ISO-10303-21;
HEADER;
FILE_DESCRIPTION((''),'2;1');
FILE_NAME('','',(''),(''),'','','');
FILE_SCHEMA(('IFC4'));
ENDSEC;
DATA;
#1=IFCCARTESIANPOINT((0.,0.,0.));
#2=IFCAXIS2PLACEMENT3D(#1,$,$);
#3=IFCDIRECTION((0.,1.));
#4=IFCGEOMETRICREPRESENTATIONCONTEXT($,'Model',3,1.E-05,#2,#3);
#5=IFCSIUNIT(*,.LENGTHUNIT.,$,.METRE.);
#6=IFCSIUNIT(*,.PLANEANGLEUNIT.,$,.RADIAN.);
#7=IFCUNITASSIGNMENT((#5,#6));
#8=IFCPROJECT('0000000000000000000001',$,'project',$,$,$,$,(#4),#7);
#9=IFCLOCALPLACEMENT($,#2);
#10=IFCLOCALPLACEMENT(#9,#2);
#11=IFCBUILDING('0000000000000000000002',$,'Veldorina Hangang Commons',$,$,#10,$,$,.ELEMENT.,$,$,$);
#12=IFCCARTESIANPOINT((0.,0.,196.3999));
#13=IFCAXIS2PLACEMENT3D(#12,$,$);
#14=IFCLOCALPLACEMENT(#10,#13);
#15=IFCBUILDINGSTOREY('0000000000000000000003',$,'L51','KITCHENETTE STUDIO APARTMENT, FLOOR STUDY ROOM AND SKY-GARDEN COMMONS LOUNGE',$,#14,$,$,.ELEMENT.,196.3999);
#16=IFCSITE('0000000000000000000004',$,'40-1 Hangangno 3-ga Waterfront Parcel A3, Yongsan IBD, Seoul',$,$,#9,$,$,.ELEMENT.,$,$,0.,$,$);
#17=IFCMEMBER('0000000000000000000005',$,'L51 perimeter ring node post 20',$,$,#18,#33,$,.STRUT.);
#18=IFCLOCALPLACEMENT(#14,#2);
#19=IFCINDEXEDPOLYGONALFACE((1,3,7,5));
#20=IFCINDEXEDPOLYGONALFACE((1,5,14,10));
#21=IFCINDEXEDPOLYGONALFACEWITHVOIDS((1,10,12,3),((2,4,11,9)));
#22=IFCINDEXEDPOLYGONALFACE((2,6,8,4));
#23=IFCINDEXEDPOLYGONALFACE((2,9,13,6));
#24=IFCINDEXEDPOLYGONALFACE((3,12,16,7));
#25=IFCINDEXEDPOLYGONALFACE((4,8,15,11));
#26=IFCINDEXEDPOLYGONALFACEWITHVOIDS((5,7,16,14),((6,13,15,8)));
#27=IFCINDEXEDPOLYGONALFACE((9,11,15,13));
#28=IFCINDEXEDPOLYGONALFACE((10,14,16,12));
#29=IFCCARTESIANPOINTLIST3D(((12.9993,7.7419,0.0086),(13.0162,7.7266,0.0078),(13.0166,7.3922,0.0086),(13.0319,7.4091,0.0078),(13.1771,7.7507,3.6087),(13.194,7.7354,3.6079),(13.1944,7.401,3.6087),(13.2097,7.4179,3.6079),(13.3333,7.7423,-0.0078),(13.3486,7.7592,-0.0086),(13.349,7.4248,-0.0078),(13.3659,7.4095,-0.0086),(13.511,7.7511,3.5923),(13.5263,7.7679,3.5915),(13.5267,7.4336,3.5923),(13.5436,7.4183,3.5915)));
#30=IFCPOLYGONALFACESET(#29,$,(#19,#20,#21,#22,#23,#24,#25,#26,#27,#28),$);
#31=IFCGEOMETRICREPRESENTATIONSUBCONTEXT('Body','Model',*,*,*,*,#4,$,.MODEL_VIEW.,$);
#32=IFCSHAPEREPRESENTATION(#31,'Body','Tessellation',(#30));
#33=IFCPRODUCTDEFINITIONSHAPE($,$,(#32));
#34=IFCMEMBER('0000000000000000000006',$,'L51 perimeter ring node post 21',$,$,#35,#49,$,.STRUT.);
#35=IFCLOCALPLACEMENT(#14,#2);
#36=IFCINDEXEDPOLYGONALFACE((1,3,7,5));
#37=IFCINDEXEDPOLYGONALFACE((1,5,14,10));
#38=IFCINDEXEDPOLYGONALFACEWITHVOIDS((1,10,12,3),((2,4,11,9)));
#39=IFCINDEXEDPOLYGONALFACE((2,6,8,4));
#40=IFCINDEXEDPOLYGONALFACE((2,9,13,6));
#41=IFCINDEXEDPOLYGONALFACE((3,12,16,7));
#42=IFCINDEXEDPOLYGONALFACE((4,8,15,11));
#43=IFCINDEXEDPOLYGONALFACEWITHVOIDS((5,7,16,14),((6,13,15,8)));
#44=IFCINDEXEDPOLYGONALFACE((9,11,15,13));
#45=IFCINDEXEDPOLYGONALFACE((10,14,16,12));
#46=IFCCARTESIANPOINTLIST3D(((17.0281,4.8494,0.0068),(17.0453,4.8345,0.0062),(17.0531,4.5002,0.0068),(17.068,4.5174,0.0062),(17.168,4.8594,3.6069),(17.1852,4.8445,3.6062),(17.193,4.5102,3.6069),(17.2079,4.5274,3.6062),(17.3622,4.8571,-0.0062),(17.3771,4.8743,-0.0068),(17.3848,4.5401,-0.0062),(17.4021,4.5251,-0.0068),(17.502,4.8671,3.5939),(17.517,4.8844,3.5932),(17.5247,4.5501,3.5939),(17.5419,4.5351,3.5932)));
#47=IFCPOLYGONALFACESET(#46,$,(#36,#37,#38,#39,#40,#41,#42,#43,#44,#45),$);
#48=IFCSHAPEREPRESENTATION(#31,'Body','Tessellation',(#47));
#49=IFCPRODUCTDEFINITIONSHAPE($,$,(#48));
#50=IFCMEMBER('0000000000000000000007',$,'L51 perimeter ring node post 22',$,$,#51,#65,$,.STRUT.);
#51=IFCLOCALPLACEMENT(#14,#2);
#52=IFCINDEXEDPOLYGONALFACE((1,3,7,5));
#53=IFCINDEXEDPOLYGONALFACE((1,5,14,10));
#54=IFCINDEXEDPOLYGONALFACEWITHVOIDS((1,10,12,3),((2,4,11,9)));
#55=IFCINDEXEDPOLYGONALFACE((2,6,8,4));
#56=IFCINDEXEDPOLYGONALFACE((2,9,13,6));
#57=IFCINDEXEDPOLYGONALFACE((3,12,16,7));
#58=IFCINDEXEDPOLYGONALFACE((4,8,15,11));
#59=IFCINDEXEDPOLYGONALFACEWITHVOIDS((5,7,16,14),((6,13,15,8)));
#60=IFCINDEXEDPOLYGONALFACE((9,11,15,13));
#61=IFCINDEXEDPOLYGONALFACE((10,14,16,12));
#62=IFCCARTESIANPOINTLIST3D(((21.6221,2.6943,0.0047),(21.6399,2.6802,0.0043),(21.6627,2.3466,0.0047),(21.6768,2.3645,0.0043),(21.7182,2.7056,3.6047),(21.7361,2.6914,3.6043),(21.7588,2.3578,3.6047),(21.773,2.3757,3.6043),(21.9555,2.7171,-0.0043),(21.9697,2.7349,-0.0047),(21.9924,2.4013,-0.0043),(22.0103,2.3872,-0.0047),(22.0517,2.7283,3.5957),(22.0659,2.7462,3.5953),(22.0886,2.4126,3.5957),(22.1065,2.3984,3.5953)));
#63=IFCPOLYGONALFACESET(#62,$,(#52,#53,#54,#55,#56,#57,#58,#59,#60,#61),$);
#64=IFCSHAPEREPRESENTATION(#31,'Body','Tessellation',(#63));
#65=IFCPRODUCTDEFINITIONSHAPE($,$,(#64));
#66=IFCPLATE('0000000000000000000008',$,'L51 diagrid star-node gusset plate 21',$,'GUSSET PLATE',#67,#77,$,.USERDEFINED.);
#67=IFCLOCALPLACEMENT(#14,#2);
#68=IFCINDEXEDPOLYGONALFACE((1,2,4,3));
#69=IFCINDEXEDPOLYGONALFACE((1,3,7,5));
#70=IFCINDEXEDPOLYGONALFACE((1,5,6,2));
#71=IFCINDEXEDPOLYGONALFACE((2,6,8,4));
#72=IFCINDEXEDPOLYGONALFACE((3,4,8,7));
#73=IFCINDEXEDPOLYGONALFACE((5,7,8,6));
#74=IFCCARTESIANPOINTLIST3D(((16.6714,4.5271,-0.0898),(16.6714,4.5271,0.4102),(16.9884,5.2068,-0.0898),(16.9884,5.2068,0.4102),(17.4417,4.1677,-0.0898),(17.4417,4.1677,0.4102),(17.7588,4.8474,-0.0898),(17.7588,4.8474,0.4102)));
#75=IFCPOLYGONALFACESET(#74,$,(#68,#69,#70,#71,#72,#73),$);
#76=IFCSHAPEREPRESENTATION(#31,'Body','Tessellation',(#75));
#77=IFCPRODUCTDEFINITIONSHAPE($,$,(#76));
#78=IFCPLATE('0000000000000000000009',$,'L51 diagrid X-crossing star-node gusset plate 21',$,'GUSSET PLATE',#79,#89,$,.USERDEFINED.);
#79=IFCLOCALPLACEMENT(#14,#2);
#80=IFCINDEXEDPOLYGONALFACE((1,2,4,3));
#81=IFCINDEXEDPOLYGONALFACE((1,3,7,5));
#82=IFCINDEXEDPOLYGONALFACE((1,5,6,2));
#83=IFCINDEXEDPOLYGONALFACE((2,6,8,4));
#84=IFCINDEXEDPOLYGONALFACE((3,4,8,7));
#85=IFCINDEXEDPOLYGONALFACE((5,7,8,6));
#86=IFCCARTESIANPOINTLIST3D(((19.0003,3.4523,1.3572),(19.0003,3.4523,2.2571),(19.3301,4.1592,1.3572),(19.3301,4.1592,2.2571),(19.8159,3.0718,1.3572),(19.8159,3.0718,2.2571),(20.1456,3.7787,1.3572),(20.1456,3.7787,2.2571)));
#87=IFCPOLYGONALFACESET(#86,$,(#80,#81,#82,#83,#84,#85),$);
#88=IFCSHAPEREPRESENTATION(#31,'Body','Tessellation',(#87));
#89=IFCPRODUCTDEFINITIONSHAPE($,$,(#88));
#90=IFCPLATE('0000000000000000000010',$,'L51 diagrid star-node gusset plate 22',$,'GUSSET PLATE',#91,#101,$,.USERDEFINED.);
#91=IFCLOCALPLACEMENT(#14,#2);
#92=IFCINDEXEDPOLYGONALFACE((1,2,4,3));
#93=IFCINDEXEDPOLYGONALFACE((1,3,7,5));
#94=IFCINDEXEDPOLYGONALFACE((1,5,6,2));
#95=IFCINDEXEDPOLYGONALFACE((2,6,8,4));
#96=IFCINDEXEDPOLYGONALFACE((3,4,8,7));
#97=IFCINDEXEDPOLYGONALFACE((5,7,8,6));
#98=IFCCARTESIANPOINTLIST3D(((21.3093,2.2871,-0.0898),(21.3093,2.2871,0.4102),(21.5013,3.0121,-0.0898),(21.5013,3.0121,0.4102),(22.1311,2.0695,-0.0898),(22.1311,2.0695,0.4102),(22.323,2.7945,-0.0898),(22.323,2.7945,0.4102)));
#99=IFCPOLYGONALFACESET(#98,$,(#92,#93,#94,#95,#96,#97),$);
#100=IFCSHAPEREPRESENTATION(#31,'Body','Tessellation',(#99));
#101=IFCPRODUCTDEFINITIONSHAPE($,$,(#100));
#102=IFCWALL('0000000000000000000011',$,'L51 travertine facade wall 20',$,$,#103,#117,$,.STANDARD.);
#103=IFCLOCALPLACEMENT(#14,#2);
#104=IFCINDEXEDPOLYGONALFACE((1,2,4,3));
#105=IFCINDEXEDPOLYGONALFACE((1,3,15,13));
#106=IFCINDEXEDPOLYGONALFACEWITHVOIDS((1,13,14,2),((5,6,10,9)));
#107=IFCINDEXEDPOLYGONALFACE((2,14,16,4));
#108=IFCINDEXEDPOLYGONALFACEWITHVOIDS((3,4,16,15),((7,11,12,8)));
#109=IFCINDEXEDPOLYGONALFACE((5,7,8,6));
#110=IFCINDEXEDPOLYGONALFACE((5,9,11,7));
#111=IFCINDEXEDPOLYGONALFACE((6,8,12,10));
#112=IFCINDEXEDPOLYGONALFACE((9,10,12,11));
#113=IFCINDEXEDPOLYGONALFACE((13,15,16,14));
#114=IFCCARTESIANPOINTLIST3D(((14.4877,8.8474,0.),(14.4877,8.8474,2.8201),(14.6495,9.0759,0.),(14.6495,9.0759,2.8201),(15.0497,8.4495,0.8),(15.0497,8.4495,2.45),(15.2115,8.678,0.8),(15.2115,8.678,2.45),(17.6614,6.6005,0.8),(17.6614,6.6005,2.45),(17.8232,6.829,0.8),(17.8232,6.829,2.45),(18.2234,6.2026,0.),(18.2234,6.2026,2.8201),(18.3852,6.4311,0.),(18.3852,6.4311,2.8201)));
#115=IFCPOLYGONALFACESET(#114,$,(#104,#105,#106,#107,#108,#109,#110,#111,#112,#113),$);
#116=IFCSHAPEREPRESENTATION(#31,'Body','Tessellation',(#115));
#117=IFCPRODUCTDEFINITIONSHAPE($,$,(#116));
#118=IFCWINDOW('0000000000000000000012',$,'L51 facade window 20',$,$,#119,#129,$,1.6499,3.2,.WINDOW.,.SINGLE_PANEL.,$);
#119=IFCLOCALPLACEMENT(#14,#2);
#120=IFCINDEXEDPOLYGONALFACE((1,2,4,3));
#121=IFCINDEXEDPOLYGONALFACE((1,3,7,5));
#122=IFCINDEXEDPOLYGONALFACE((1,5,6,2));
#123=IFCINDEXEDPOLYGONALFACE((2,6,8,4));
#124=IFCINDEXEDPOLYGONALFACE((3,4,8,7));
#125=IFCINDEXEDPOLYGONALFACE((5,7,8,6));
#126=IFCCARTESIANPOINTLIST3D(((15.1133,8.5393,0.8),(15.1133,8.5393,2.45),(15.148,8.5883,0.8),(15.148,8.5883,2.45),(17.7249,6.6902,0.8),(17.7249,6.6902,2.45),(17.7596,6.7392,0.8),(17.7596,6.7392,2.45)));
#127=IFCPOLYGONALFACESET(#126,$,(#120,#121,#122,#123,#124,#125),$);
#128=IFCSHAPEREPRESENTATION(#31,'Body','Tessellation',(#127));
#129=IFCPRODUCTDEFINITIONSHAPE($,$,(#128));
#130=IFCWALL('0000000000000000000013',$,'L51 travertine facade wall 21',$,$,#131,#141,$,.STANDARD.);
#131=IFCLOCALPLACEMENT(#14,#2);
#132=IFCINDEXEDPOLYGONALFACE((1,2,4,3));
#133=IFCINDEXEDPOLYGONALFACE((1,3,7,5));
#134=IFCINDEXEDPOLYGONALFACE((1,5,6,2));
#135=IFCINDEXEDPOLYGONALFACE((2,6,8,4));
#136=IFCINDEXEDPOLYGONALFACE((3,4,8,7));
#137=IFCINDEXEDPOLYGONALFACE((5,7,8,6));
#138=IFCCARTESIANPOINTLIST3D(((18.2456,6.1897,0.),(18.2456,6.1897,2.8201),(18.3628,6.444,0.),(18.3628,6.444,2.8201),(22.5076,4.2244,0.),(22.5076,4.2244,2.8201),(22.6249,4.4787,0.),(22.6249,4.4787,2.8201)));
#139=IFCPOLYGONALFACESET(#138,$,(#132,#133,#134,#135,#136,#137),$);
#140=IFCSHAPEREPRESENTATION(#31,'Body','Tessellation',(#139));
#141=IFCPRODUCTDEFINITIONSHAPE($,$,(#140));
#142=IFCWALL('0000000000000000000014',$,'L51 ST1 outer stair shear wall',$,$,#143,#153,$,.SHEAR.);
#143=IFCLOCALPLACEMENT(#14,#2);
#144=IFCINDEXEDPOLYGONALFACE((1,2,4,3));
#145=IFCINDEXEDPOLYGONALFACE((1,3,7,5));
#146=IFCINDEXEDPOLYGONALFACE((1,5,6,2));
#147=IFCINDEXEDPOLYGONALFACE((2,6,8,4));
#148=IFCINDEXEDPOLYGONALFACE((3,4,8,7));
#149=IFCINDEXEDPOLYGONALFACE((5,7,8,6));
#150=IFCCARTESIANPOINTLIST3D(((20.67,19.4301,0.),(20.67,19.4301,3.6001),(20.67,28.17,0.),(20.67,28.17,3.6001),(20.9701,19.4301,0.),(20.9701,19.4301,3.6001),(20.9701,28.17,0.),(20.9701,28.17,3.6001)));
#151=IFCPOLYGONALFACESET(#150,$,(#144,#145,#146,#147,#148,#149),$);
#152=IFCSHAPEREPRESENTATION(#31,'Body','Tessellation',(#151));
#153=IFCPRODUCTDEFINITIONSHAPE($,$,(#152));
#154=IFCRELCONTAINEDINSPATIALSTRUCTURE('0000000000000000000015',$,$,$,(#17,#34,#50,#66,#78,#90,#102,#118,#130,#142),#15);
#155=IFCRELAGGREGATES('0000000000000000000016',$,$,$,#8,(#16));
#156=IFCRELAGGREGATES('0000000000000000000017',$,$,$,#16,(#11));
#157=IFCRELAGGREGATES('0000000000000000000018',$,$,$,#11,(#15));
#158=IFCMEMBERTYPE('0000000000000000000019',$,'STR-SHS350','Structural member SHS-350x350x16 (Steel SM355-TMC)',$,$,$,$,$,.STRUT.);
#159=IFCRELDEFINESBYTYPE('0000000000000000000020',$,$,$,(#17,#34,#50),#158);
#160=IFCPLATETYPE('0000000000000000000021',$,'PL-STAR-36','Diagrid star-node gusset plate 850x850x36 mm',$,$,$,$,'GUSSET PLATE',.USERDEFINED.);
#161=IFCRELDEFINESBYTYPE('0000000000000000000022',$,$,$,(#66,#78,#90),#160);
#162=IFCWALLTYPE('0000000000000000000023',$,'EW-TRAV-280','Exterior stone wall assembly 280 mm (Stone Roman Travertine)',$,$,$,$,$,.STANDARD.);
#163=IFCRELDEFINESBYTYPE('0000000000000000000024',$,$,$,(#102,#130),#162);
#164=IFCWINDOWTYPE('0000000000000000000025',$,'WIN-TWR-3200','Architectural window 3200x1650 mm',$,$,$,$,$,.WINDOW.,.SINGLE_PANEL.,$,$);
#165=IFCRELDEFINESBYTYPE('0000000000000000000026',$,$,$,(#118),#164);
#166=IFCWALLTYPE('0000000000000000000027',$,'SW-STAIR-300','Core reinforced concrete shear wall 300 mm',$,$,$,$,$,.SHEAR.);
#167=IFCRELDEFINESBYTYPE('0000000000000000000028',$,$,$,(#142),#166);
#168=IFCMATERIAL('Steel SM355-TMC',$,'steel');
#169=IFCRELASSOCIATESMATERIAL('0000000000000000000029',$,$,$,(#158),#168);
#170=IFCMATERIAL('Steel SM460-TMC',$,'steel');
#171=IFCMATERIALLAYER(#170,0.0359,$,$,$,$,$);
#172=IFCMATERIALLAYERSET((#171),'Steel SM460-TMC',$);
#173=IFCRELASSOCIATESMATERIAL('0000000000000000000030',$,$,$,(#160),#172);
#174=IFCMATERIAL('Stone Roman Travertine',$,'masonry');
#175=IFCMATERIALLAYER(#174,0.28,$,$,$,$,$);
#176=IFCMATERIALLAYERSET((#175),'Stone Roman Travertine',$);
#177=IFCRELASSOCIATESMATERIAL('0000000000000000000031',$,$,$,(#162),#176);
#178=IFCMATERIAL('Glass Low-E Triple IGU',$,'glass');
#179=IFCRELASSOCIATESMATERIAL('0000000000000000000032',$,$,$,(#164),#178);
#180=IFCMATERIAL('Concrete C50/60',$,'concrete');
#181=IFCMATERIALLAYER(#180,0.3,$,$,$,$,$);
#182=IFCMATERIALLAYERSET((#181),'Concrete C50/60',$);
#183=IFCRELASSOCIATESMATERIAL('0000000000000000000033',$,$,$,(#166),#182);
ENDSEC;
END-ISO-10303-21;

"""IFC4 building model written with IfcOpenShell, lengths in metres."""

from ifc_helpers import new_model, si_unit, direction, frame, frame_2d, origin, origin_2d, place, context, subcontext, project, spatial, rectangle, hollow_rectangle, extrude, material, layer, layer_set, material_profile, profile_set, type_object, element, fill, save


model = new_model("IFC4")

# Units and contexts
model_context = context("Model", 3, precision=1e-05, world=origin(), true_north=direction((0.0, 1.0)))
body_context = subcontext(model_context, "Body", "Model", "MODEL_VIEW")
ifc_project = project(units=[si_unit("LENGTHUNIT", "METRE"), si_unit("PLANEANGLEUNIT", "RADIAN")], contexts=[model_context])

# Site, building, storey
site_placement = place(None, origin())
site = spatial("IfcSite", under=ifc_project, at=site_placement, Name="40-1 Hangangno 3-ga Waterfront Parcel A3, Yongsan IBD, Seoul", CompositionType="ELEMENT", RefElevation=0.0)
building_placement = place(site_placement, origin())
building = spatial("IfcBuilding", under=site, at=building_placement, Name="Veldorina Hangang Commons", CompositionType="ELEMENT")
storey_placement = place(building_placement, frame((0.0, 0.0, 196.3999)))
storey = spatial("IfcBuildingStorey", under=building, at=storey_placement, Name="L51", Description="KITCHENETTE STUDIO APARTMENT, FLOOR STUDY ROOM AND SKY-GARDEN COMMONS LOUNGE", CompositionType="ELEMENT", Elevation=196.3999)

# Shared definitions
ifc_material_1 = material(Name="Steel SM355-TMC", Category="steel")

# Members
ifc_material_profile_1 = material_profile(ifc_material_1, hollow_rectangle(XDim=0.3501, YDim=0.3501, WallThickness=0.0161, at=origin_2d()), Name="SHS-350x350x16")
ifc_profile_set_1 = profile_set([ifc_material_profile_1], Name="Steel SM355-TMC")
member_type_1 = type_object("IfcMemberType", Name="STR-SHS350", Description="Structural member SHS-350x350x16 (Steel SM355-TMC)", PredefinedType="STRUT", material=ifc_profile_set_1)
member_1_placement = place(storey_placement, frame((13.1826, 7.5757, 0.0), z_axis=(0.049309, 0.002438, 0.998781), x_axis=(-0.04939, 0.99878, 0.0)))
element("IfcMember", 1, at=member_1_placement, inside=storey, type_object=member_type_1, Name="L51 perimeter ring node post 20", PredefinedType="STRUT", context=body_context, shape_type="SweptSolid", body=[
    extrude(hollow_rectangle(XDim=0.3501, YDim=0.3501, WallThickness=0.0161, at=origin_2d()), origin(), (0.0, 0.0, 1.0), 3.6045),
])
member_2_placement = place(storey_placement, frame((17.2151, 4.6873, 0.0), z_axis=(0.038829, 0.002778, 0.999242), x_axis=(-0.071371, 0.99745, 0.0)))
element("IfcMember", 2, at=member_2_placement, inside=storey, type_object=member_type_1, Name="L51 perimeter ring node post 21", PredefinedType="STRUT", context=body_context, shape_type="SweptSolid", body=[
    extrude(hollow_rectangle(XDim=0.3501, YDim=0.3501, WallThickness=0.0161, at=origin_2d()), origin(), (0.0, 0.0, 1.0), 3.6028),
])
member_3_placement = place(storey_placement, frame((21.8162, 2.5408, 0.0), z_axis=(0.026709, 0.003118, 0.999638), x_axis=(-0.115964, 0.993253, 0.0)))
element("IfcMember", 3, at=member_3_placement, inside=storey, type_object=member_type_1, Name="L51 perimeter ring node post 22", PredefinedType="STRUT", context=body_context, shape_type="SweptSolid", body=[
    extrude(hollow_rectangle(XDim=0.3501, YDim=0.3501, WallThickness=0.0161, at=origin_2d()), origin(), (0.0, 0.0, 1.0), 3.6013),
])

# Plates
ifc_material_2 = material(Name="Steel SM460-TMC", Category="steel")
ifc_layer_1 = layer(ifc_material_2, 0.0359)
ifc_layer_set_1 = layer_set([ifc_layer_1], Name="Steel SM460-TMC")
plate_type = type_object("IfcPlateType", Name="PL-STAR-36", Description="Diagrid star-node gusset plate 850x850x36 mm", ElementType="GUSSET PLATE", PredefinedType="USERDEFINED", material=ifc_layer_set_1)
plate_1_placement = place(storey_placement, frame((17.2151, 4.6873, -0.0898), z_axis=(0.0, 0.0, 1.0), x_axis=(0.906234, -0.422776, 0.0)))
element("IfcPlate", 4, at=plate_1_placement, inside=storey, type_object=plate_type, Name="L51 diagrid star-node gusset plate 21", ObjectType="GUSSET PLATE", PredefinedType="USERDEFINED", context=body_context, shape_type="SweptSolid", body=[
    extrude(rectangle(XDim=0.8501, YDim=0.75, at=origin_2d()), origin(), (0.0, 0.0, 1.0), 0.5),
])
plate_2_placement = place(storey_placement, frame((19.573, 3.6155, 1.3572), z_axis=(0.0, 0.0, 1.0), x_axis=(0.906234, -0.422776, 0.0)))
element("IfcPlate", 5, at=plate_2_placement, inside=storey, type_object=plate_type, Name="L51 diagrid X-crossing star-node gusset plate 21", ObjectType="GUSSET PLATE", PredefinedType="USERDEFINED", context=body_context, shape_type="SweptSolid", body=[
    extrude(rectangle(XDim=0.8999, YDim=0.78, at=origin_2d()), origin(), (0.0, 0.0, 1.0), 0.8999),
])
plate_3_placement = place(storey_placement, frame((21.8162, 2.5408, -0.0898), z_axis=(0.0, 0.0, 1.0), x_axis=(0.96669, -0.255952, 0.0)))
element("IfcPlate", 6, at=plate_3_placement, inside=storey, type_object=plate_type, Name="L51 diagrid star-node gusset plate 22", ObjectType="GUSSET PLATE", PredefinedType="USERDEFINED", context=body_context, shape_type="SweptSolid", body=[
    extrude(rectangle(XDim=0.8501, YDim=0.75, at=origin_2d()), origin(), (0.0, 0.0, 1.0), 0.5),
])

# Wall, opening, window
ifc_material_3 = material(Name="Stone Roman Travertine", Category="masonry")
ifc_layer_2 = layer(ifc_material_3, 0.28)
ifc_layer_set_2 = layer_set([ifc_layer_2], Name="Stone Roman Travertine")
wall_type_1 = type_object("IfcWallType", Name="EW-TRAV-280", Description="Exterior stone wall assembly 280 mm (Stone Roman Travertine)", PredefinedType="STANDARD", material=ifc_layer_set_2)
wall_1_placement = place(storey_placement, frame((14.5686, 8.9617, 0.0), z_axis=(0.0, 0.0, 1.0), x_axis=(0.816155, -0.577832, 0.0)))
wall_1 = element("IfcWall", 7, at=wall_1_placement, inside=storey, type_object=wall_type_1, Name="L51 travertine facade wall 20", PredefinedType="STANDARD", context=body_context, shape_type="SweptSolid", body=[
    extrude(rectangle(XDim=4.5771, YDim=0.28, at=frame_2d((2.2886, 0.0))), origin(), (0.0, 0.0, 1.0), 2.8201),
])
opening_1_placement = place(wall_1_placement, frame((0.6885, 0.0, 0.8)))
opening_1 = element("IfcOpeningElement", 8, at=opening_1_placement, cuts=wall_1, PredefinedType="OPENING", context=body_context, shape_type="SweptSolid", body=[
    extrude(rectangle(XDim=3.2, YDim=1.6499, at=frame_2d((1.6001, 0.825))), frame((0.0, 0.1499, 0.0), z_axis=(0.0, -1.0, 0.0), x_axis=(1.0, 0.0, 0.0)), (0.0, 0.0, 1.0), 0.3),
])
ifc_material_4 = material(Name="Glass Low-E Triple IGU", Category="glass")
window_type = type_object("IfcWindowType", Name="WIN-TWR-3200", Description="Architectural window 3200x1650 mm", PartitioningType="SINGLE_PANEL", PredefinedType="WINDOW", material=ifc_material_4)
window_placement = place(opening_1_placement, origin())
window = element("IfcWindow", 9, at=window_placement, inside=storey, type_object=window_type, Name="L51 facade window 20", OverallHeight=1.6499, OverallWidth=3.2, PartitioningType="SINGLE_PANEL", PredefinedType="WINDOW", context=body_context, shape_type="SweptSolid", body=[
    extrude(rectangle(XDim=3.2, YDim=1.6499, at=frame_2d((1.6001, 0.825))), frame((0.0, 0.03, 0.0), z_axis=(0.0, -1.0, 0.0), x_axis=(1.0, 0.0, 0.0)), (0.0, 0.0, 1.0), 0.0601),
])
fill(opening_1, window)

# Walls
wall_2_placement = place(storey_placement, frame((18.3042, 6.3169, 0.0), z_axis=(0.0, 0.0, 1.0), x_axis=(0.908099, -0.418755, 0.0)))
element("IfcWall", 10, at=wall_2_placement, inside=storey, type_object=wall_type_1, Name="L51 travertine facade wall 21", PredefinedType="STANDARD", context=body_context, shape_type="SweptSolid", body=[
    extrude(rectangle(XDim=4.6934, YDim=0.28, at=frame_2d((2.3467, 0.0))), origin(), (0.0, 0.0, 1.0), 2.8201),
])
ifc_material_5 = material(Name="Concrete C50/60", Category="concrete")
ifc_layer_3 = layer(ifc_material_5, 0.3)
ifc_layer_set_3 = layer_set([ifc_layer_3], Name="Concrete C50/60")
wall_type_2 = type_object("IfcWallType", Name="SW-STAIR-300", Description="Core reinforced concrete shear wall 300 mm", PredefinedType="SHEAR", material=ifc_layer_set_3)
wall_3_placement = place(storey_placement, frame((20.8201, 19.4299, 0.0), z_axis=(0.0, 0.0, 1.0), x_axis=(0.0, 1.0, 0.0)))
element("IfcWall", 11, at=wall_3_placement, inside=storey, type_object=wall_type_2, Name="L51 ST1 outer stair shear wall", PredefinedType="SHEAR", context=body_context, shape_type="SweptSolid", body=[
    extrude(rectangle(XDim=8.74, YDim=0.3, at=frame_2d((4.3701, 0.0))), origin(), (0.0, 0.0, 1.0), 3.6001),
])

save(model, "model.ifc")
